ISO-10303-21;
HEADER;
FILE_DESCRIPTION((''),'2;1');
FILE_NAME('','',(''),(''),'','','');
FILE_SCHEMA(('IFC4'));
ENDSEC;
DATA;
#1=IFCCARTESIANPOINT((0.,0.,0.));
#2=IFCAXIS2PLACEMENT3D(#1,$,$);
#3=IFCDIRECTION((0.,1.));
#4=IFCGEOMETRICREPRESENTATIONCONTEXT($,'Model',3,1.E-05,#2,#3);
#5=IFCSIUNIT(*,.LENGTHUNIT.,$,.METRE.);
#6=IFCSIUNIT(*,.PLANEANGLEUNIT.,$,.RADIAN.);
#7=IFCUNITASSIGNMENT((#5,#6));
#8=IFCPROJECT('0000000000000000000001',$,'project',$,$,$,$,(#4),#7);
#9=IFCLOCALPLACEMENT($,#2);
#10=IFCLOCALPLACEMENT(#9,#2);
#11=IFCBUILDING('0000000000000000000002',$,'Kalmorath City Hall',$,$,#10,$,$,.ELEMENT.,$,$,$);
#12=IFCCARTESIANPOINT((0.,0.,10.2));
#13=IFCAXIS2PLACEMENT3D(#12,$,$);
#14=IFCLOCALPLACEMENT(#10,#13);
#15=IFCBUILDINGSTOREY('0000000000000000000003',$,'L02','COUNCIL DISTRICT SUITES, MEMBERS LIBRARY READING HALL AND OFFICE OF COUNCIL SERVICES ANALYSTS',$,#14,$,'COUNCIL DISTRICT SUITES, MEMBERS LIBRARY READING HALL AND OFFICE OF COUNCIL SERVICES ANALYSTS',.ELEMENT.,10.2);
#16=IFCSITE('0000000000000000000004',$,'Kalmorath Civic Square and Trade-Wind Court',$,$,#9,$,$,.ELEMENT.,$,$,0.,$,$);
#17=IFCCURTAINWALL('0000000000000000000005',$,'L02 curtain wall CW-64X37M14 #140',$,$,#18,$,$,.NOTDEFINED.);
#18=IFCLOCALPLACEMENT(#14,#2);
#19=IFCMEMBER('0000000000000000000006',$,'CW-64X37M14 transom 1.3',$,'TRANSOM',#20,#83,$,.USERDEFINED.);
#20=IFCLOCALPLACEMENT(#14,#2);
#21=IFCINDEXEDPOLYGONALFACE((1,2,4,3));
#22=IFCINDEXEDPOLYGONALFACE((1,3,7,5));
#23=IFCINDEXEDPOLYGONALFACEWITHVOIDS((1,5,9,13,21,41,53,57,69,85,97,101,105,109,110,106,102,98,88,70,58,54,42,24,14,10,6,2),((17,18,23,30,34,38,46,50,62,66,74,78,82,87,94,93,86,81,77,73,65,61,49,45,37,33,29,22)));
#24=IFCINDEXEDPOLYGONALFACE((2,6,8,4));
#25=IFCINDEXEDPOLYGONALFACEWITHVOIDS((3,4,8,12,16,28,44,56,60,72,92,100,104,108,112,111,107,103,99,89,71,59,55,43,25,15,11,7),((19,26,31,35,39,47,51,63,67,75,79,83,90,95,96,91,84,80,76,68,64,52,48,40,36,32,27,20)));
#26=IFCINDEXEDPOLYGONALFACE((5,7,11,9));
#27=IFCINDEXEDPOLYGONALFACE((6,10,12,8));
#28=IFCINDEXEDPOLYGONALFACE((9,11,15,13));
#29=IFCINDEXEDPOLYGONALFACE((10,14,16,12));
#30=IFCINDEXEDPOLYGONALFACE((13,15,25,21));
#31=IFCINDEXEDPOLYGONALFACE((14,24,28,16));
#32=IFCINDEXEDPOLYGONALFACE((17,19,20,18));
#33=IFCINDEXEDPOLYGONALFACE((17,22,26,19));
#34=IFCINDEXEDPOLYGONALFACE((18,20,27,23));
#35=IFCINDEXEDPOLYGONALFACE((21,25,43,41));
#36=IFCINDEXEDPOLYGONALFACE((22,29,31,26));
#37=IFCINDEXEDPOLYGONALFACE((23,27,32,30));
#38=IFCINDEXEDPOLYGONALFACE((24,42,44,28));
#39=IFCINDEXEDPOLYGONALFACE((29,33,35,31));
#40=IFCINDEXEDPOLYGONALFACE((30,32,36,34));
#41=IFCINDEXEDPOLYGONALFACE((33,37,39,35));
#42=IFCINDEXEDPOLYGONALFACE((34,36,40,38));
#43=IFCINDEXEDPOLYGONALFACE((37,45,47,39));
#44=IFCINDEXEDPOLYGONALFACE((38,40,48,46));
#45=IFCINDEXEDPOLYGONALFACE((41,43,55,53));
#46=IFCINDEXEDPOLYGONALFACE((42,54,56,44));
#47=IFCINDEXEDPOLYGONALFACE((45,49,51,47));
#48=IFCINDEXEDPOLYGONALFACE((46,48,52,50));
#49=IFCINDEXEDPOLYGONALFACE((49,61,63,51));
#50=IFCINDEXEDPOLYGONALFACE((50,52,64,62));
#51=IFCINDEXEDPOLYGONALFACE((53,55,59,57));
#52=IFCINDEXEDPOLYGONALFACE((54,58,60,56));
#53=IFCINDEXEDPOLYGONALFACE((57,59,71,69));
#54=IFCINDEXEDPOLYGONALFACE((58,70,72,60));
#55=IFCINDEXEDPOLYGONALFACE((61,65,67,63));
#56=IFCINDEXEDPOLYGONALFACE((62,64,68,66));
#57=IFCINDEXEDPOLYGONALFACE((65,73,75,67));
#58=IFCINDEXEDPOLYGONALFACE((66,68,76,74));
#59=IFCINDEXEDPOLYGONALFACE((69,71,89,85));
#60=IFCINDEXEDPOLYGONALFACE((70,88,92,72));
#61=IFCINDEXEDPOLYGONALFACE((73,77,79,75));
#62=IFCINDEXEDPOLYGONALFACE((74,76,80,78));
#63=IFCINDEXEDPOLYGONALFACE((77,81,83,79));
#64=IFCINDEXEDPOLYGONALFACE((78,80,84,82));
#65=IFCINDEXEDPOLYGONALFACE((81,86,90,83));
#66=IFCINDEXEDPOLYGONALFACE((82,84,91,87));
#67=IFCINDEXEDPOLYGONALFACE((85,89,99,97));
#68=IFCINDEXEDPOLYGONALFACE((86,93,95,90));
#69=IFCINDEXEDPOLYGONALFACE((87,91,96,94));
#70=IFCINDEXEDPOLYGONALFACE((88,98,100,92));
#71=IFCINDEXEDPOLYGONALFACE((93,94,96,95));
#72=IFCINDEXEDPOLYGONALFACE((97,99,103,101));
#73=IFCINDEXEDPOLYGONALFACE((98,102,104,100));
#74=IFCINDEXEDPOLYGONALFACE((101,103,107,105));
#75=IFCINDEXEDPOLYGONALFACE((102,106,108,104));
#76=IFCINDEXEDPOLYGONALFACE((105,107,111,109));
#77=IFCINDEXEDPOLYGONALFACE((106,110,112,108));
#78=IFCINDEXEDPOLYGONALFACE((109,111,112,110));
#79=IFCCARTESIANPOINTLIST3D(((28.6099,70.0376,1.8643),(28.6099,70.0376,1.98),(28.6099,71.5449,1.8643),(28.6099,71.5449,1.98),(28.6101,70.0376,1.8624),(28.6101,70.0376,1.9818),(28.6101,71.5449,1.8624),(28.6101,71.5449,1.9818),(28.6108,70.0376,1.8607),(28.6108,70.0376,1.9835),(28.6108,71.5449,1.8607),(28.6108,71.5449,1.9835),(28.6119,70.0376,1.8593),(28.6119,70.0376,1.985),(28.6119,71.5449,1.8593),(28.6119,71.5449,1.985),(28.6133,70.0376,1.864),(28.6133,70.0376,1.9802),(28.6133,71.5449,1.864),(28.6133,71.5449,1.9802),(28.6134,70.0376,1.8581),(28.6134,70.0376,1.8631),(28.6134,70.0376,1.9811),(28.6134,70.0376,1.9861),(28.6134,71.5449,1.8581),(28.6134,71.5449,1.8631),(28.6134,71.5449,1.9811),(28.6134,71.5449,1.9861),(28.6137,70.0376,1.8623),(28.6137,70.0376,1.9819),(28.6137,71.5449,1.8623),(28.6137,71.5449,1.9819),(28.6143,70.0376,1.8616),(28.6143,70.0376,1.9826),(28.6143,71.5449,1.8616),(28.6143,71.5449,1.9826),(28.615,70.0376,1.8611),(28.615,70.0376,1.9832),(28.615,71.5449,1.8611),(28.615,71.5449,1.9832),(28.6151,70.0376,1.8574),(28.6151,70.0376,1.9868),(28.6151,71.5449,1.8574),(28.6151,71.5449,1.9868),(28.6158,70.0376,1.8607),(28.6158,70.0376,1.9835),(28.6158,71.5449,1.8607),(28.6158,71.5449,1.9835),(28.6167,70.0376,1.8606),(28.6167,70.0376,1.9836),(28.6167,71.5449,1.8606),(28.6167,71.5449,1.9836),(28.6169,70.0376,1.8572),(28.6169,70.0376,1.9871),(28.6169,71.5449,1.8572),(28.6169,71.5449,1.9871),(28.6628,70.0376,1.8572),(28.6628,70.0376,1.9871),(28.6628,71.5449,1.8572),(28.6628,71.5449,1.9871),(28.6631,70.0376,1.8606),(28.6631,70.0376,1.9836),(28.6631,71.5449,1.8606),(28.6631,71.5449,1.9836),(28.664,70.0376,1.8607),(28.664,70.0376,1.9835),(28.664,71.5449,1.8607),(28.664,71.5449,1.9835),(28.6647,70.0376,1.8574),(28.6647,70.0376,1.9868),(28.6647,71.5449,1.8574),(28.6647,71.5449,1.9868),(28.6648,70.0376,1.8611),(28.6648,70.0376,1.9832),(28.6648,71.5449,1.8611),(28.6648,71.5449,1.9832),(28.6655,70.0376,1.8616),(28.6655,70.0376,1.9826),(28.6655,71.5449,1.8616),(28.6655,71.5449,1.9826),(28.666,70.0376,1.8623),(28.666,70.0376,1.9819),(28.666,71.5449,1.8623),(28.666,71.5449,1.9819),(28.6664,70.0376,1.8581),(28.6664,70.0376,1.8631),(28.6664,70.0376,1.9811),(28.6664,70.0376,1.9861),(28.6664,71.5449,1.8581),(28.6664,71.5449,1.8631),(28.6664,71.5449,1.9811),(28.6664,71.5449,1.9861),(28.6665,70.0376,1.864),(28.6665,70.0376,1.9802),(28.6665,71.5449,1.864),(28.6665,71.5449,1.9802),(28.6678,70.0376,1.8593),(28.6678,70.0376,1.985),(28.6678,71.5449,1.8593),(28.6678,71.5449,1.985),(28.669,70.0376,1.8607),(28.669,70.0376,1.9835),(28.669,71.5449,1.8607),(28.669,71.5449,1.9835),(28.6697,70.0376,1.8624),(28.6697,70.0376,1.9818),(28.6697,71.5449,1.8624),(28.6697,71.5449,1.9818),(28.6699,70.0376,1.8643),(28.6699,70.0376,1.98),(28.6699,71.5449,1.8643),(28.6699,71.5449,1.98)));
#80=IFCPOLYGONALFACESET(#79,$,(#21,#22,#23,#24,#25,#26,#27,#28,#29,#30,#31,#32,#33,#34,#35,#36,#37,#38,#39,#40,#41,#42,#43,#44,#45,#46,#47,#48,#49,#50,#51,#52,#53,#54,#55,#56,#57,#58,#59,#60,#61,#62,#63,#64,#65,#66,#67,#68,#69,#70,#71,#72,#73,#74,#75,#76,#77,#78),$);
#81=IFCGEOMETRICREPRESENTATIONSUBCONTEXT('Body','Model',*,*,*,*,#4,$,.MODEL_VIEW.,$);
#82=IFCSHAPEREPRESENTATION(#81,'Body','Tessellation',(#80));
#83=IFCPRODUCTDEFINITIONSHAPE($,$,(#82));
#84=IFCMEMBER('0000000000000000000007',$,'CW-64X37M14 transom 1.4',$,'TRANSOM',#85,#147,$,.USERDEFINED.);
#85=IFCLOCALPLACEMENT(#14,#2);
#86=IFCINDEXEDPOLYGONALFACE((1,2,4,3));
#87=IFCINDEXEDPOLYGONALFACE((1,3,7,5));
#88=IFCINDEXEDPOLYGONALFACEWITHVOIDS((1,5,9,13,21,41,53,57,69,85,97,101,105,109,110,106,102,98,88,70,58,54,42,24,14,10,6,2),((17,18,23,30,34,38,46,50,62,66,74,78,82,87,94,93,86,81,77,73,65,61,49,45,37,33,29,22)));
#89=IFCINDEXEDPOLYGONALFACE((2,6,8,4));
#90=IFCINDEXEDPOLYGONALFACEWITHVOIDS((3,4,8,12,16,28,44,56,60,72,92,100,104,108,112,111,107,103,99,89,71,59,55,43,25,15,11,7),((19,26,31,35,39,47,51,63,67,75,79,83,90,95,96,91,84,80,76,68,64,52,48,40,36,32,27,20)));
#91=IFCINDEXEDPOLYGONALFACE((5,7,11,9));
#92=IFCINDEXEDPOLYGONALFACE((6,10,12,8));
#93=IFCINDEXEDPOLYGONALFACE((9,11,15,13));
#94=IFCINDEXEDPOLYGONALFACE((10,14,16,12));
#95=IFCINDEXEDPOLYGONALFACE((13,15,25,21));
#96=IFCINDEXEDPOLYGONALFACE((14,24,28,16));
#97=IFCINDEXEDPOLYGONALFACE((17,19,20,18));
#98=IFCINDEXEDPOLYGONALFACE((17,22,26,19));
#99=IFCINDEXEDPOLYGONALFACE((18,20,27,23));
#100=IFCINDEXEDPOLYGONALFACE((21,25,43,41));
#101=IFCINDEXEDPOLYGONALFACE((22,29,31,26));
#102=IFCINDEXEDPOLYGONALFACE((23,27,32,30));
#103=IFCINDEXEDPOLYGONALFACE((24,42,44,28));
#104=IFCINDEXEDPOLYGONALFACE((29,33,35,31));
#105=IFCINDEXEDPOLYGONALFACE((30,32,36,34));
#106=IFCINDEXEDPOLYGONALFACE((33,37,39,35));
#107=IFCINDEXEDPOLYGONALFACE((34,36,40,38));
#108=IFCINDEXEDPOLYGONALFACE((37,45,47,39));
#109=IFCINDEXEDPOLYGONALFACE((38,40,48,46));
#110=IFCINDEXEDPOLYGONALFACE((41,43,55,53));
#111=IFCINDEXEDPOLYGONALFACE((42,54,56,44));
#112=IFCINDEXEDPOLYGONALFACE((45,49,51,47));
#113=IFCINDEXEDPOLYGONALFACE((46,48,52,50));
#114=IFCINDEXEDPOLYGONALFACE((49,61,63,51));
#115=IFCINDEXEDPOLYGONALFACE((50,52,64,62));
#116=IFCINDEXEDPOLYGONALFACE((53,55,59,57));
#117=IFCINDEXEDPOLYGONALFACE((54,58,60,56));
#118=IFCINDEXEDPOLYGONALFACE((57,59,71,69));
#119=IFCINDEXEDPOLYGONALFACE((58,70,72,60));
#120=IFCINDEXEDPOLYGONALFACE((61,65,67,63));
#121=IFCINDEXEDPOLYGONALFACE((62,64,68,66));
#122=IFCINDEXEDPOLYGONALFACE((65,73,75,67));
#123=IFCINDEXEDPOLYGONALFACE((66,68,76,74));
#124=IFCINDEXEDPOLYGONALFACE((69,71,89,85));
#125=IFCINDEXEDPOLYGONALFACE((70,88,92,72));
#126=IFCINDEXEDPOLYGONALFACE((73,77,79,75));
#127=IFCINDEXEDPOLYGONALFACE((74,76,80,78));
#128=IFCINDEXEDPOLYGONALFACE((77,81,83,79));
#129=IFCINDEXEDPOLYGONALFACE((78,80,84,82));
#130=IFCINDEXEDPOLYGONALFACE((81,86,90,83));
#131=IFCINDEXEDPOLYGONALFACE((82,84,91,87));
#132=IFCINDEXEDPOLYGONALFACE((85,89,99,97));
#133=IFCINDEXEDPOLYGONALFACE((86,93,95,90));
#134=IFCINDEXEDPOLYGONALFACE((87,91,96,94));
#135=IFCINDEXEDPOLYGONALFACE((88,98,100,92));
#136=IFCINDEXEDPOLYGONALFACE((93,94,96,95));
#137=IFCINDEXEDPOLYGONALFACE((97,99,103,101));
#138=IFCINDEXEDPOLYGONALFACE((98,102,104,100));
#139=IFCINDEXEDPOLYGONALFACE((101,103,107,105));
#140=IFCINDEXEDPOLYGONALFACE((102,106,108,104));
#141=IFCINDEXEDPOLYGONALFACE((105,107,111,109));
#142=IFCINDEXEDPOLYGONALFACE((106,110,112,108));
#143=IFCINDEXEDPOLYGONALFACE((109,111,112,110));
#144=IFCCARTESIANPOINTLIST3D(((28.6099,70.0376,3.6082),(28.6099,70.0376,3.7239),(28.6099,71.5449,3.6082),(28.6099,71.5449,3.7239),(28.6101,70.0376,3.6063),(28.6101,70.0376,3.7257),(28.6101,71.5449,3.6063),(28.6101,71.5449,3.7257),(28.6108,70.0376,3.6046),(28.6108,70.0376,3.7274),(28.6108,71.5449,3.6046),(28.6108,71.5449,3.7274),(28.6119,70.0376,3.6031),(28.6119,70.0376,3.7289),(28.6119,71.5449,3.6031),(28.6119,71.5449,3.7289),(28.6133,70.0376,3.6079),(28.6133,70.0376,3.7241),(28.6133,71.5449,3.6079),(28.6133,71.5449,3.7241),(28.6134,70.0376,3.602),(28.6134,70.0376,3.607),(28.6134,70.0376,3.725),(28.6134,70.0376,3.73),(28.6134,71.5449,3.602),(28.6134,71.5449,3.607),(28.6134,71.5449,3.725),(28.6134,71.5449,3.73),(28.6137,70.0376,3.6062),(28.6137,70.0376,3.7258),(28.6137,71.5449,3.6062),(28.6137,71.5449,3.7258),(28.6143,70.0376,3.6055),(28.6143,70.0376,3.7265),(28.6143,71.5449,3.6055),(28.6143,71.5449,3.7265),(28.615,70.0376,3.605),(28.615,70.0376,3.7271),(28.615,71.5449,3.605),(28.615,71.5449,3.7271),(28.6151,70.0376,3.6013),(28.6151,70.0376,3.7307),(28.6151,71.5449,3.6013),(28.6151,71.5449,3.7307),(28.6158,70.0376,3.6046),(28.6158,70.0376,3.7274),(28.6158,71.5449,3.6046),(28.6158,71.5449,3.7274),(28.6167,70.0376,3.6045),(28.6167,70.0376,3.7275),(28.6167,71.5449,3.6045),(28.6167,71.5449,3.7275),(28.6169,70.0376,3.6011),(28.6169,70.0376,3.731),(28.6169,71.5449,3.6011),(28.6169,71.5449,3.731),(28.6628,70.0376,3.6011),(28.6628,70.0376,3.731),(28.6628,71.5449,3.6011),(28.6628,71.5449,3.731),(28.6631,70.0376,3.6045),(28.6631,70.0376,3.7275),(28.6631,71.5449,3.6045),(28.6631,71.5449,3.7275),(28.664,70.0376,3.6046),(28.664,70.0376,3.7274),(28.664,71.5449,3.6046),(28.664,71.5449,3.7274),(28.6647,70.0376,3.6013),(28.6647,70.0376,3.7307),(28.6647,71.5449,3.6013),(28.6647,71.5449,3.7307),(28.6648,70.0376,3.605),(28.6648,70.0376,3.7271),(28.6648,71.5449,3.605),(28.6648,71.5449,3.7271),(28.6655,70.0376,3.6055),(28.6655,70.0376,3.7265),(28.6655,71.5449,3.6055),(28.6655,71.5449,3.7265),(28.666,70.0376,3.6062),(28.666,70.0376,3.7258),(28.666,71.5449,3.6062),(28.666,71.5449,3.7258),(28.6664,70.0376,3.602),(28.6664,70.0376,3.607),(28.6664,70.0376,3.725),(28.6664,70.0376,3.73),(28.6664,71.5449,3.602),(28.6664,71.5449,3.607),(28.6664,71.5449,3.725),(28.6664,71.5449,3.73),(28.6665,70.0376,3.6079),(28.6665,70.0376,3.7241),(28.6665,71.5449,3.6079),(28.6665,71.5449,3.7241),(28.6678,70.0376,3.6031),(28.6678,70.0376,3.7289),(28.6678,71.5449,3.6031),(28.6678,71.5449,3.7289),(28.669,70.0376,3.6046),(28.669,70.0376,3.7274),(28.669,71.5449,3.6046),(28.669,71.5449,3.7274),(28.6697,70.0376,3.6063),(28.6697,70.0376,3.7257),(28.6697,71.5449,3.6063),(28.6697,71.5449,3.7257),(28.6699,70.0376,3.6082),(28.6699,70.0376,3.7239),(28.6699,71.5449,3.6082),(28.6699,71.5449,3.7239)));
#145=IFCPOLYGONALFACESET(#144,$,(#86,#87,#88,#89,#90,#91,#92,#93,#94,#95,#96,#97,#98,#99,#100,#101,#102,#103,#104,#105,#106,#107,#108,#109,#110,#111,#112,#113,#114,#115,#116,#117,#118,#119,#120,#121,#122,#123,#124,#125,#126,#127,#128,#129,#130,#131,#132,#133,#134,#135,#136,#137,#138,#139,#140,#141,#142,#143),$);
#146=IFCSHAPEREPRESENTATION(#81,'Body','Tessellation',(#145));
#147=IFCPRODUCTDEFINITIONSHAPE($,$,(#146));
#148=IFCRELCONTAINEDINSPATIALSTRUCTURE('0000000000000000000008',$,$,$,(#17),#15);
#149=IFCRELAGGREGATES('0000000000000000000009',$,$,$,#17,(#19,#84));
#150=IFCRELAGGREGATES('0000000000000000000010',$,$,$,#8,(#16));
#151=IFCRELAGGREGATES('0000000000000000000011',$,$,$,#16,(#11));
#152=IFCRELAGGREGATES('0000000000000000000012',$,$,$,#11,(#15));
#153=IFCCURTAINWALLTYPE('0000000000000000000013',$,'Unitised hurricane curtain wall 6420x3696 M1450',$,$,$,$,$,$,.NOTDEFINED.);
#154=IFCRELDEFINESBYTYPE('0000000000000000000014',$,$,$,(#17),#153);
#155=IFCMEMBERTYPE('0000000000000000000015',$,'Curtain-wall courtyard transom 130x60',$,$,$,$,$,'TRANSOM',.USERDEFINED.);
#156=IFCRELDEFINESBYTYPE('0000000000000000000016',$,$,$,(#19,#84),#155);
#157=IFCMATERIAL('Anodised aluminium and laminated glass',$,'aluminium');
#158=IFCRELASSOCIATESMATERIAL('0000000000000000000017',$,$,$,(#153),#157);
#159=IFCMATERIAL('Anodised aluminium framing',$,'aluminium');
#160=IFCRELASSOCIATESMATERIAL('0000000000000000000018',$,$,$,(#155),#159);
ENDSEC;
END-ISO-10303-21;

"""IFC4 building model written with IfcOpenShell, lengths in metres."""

from ifc_helpers import new_model, si_unit, direction, frame, origin, origin_2d, place, context, subcontext, project, spatial, hollow_rectangle, extrude, material, material_profile, profile_set, type_object, element, aggregate, save


model = new_model("IFC4")

# Units and contexts
model_context = context("Model", 3, precision=1e-05, world=origin(), true_north=direction((0.0, 1.0)))
body_context = subcontext(model_context, "Body", "Model", "MODEL_VIEW")
ifc_project = project(units=[si_unit("LENGTHUNIT", "METRE"), si_unit("PLANEANGLEUNIT", "RADIAN")], contexts=[model_context])

# Site, building, storey
site_placement = place(None, origin())
site = spatial("IfcSite", under=ifc_project, at=site_placement, Name="Kalmorath Civic Square and Trade-Wind Court", CompositionType="ELEMENT", RefElevation=0.0)
building_placement = place(site_placement, origin())
building = spatial("IfcBuilding", under=site, at=building_placement, Name="Kalmorath City Hall", CompositionType="ELEMENT")
storey_placement = place(building_placement, frame((0.0, 0.0, 10.2)))
storey = spatial("IfcBuildingStorey", under=building, at=storey_placement, Name="L02", Description="COUNCIL DISTRICT SUITES, MEMBERS LIBRARY READING HALL AND OFFICE OF COUNCIL SERVICES ANALYSTS", LongName="COUNCIL DISTRICT SUITES, MEMBERS LIBRARY READING HALL AND OFFICE OF COUNCIL SERVICES ANALYSTS", CompositionType="ELEMENT", Elevation=10.2)

# Curtain wall, members
ifc_material_1 = material(Name="Anodised aluminium and laminated glass", Category="aluminium")
curtain_wall_type = type_object("IfcCurtainWallType", Name="Unitised hurricane curtain wall 6420x3696 M1450", PredefinedType="NOTDEFINED", material=ifc_material_1)
curtain_wall_placement = place(storey_placement, origin())
curtain_wall = element("IfcCurtainWall", 1, at=curtain_wall_placement, inside=storey, type_object=curtain_wall_type, Name="L02 curtain wall CW-64X37M14 #140", PredefinedType="NOTDEFINED")
ifc_material_2 = material(Name="Anodised aluminium framing", Category="aluminium")
ifc_material_profile_1 = material_profile(ifc_material_2, hollow_rectangle(XDim=0.0601, YDim=0.1299, WallThickness=0.0034, InnerFilletRadius=0.0034, OuterFilletRadius=0.0071, at=origin_2d()), Name="ALU-TRN-130X60X3.5")
ifc_profile_set_1 = profile_set([ifc_material_profile_1], Name="Anodised aluminium framing")
member_type_1 = type_object("IfcMemberType", Name="Curtain-wall courtyard transom 130x60", ElementType="TRANSOM", PredefinedType="USERDEFINED", material=ifc_profile_set_1)
member_1_placement = place(storey_placement, frame((28.6399, 71.5449, 1.9221), z_axis=(0.0, -1.0, 0.0), x_axis=(1.0, 0.0, 0.0)))
member_1 = element("IfcMember", 2, at=member_1_placement, type_object=member_type_1, Name="CW-64X37M14 transom 1.3", ObjectType="TRANSOM", PredefinedType="USERDEFINED", context=body_context, shape_type="SweptSolid", body=[
    extrude(hollow_rectangle(XDim=0.0601, YDim=0.1299, WallThickness=0.0034, InnerFilletRadius=0.0034, OuterFilletRadius=0.0071, at=origin_2d()), origin(), (0.0, 0.0, 1.0), 1.5073),
])
member_2_placement = place(storey_placement, frame((28.6399, 71.5449, 3.666), z_axis=(0.0, -1.0, 0.0), x_axis=(1.0, 0.0, 0.0)))
member_2 = element("IfcMember", 3, at=member_2_placement, type_object=member_type_1, Name="CW-64X37M14 transom 1.4", ObjectType="TRANSOM", PredefinedType="USERDEFINED", context=body_context, shape_type="SweptSolid", body=[
    extrude(hollow_rectangle(XDim=0.0601, YDim=0.1299, WallThickness=0.0034, InnerFilletRadius=0.0034, OuterFilletRadius=0.0071, at=origin_2d()), origin(), (0.0, 0.0, 1.0), 1.5073),
])

aggregate(curtain_wall, [member_1, member_2])

save(model, "model.ifc")
